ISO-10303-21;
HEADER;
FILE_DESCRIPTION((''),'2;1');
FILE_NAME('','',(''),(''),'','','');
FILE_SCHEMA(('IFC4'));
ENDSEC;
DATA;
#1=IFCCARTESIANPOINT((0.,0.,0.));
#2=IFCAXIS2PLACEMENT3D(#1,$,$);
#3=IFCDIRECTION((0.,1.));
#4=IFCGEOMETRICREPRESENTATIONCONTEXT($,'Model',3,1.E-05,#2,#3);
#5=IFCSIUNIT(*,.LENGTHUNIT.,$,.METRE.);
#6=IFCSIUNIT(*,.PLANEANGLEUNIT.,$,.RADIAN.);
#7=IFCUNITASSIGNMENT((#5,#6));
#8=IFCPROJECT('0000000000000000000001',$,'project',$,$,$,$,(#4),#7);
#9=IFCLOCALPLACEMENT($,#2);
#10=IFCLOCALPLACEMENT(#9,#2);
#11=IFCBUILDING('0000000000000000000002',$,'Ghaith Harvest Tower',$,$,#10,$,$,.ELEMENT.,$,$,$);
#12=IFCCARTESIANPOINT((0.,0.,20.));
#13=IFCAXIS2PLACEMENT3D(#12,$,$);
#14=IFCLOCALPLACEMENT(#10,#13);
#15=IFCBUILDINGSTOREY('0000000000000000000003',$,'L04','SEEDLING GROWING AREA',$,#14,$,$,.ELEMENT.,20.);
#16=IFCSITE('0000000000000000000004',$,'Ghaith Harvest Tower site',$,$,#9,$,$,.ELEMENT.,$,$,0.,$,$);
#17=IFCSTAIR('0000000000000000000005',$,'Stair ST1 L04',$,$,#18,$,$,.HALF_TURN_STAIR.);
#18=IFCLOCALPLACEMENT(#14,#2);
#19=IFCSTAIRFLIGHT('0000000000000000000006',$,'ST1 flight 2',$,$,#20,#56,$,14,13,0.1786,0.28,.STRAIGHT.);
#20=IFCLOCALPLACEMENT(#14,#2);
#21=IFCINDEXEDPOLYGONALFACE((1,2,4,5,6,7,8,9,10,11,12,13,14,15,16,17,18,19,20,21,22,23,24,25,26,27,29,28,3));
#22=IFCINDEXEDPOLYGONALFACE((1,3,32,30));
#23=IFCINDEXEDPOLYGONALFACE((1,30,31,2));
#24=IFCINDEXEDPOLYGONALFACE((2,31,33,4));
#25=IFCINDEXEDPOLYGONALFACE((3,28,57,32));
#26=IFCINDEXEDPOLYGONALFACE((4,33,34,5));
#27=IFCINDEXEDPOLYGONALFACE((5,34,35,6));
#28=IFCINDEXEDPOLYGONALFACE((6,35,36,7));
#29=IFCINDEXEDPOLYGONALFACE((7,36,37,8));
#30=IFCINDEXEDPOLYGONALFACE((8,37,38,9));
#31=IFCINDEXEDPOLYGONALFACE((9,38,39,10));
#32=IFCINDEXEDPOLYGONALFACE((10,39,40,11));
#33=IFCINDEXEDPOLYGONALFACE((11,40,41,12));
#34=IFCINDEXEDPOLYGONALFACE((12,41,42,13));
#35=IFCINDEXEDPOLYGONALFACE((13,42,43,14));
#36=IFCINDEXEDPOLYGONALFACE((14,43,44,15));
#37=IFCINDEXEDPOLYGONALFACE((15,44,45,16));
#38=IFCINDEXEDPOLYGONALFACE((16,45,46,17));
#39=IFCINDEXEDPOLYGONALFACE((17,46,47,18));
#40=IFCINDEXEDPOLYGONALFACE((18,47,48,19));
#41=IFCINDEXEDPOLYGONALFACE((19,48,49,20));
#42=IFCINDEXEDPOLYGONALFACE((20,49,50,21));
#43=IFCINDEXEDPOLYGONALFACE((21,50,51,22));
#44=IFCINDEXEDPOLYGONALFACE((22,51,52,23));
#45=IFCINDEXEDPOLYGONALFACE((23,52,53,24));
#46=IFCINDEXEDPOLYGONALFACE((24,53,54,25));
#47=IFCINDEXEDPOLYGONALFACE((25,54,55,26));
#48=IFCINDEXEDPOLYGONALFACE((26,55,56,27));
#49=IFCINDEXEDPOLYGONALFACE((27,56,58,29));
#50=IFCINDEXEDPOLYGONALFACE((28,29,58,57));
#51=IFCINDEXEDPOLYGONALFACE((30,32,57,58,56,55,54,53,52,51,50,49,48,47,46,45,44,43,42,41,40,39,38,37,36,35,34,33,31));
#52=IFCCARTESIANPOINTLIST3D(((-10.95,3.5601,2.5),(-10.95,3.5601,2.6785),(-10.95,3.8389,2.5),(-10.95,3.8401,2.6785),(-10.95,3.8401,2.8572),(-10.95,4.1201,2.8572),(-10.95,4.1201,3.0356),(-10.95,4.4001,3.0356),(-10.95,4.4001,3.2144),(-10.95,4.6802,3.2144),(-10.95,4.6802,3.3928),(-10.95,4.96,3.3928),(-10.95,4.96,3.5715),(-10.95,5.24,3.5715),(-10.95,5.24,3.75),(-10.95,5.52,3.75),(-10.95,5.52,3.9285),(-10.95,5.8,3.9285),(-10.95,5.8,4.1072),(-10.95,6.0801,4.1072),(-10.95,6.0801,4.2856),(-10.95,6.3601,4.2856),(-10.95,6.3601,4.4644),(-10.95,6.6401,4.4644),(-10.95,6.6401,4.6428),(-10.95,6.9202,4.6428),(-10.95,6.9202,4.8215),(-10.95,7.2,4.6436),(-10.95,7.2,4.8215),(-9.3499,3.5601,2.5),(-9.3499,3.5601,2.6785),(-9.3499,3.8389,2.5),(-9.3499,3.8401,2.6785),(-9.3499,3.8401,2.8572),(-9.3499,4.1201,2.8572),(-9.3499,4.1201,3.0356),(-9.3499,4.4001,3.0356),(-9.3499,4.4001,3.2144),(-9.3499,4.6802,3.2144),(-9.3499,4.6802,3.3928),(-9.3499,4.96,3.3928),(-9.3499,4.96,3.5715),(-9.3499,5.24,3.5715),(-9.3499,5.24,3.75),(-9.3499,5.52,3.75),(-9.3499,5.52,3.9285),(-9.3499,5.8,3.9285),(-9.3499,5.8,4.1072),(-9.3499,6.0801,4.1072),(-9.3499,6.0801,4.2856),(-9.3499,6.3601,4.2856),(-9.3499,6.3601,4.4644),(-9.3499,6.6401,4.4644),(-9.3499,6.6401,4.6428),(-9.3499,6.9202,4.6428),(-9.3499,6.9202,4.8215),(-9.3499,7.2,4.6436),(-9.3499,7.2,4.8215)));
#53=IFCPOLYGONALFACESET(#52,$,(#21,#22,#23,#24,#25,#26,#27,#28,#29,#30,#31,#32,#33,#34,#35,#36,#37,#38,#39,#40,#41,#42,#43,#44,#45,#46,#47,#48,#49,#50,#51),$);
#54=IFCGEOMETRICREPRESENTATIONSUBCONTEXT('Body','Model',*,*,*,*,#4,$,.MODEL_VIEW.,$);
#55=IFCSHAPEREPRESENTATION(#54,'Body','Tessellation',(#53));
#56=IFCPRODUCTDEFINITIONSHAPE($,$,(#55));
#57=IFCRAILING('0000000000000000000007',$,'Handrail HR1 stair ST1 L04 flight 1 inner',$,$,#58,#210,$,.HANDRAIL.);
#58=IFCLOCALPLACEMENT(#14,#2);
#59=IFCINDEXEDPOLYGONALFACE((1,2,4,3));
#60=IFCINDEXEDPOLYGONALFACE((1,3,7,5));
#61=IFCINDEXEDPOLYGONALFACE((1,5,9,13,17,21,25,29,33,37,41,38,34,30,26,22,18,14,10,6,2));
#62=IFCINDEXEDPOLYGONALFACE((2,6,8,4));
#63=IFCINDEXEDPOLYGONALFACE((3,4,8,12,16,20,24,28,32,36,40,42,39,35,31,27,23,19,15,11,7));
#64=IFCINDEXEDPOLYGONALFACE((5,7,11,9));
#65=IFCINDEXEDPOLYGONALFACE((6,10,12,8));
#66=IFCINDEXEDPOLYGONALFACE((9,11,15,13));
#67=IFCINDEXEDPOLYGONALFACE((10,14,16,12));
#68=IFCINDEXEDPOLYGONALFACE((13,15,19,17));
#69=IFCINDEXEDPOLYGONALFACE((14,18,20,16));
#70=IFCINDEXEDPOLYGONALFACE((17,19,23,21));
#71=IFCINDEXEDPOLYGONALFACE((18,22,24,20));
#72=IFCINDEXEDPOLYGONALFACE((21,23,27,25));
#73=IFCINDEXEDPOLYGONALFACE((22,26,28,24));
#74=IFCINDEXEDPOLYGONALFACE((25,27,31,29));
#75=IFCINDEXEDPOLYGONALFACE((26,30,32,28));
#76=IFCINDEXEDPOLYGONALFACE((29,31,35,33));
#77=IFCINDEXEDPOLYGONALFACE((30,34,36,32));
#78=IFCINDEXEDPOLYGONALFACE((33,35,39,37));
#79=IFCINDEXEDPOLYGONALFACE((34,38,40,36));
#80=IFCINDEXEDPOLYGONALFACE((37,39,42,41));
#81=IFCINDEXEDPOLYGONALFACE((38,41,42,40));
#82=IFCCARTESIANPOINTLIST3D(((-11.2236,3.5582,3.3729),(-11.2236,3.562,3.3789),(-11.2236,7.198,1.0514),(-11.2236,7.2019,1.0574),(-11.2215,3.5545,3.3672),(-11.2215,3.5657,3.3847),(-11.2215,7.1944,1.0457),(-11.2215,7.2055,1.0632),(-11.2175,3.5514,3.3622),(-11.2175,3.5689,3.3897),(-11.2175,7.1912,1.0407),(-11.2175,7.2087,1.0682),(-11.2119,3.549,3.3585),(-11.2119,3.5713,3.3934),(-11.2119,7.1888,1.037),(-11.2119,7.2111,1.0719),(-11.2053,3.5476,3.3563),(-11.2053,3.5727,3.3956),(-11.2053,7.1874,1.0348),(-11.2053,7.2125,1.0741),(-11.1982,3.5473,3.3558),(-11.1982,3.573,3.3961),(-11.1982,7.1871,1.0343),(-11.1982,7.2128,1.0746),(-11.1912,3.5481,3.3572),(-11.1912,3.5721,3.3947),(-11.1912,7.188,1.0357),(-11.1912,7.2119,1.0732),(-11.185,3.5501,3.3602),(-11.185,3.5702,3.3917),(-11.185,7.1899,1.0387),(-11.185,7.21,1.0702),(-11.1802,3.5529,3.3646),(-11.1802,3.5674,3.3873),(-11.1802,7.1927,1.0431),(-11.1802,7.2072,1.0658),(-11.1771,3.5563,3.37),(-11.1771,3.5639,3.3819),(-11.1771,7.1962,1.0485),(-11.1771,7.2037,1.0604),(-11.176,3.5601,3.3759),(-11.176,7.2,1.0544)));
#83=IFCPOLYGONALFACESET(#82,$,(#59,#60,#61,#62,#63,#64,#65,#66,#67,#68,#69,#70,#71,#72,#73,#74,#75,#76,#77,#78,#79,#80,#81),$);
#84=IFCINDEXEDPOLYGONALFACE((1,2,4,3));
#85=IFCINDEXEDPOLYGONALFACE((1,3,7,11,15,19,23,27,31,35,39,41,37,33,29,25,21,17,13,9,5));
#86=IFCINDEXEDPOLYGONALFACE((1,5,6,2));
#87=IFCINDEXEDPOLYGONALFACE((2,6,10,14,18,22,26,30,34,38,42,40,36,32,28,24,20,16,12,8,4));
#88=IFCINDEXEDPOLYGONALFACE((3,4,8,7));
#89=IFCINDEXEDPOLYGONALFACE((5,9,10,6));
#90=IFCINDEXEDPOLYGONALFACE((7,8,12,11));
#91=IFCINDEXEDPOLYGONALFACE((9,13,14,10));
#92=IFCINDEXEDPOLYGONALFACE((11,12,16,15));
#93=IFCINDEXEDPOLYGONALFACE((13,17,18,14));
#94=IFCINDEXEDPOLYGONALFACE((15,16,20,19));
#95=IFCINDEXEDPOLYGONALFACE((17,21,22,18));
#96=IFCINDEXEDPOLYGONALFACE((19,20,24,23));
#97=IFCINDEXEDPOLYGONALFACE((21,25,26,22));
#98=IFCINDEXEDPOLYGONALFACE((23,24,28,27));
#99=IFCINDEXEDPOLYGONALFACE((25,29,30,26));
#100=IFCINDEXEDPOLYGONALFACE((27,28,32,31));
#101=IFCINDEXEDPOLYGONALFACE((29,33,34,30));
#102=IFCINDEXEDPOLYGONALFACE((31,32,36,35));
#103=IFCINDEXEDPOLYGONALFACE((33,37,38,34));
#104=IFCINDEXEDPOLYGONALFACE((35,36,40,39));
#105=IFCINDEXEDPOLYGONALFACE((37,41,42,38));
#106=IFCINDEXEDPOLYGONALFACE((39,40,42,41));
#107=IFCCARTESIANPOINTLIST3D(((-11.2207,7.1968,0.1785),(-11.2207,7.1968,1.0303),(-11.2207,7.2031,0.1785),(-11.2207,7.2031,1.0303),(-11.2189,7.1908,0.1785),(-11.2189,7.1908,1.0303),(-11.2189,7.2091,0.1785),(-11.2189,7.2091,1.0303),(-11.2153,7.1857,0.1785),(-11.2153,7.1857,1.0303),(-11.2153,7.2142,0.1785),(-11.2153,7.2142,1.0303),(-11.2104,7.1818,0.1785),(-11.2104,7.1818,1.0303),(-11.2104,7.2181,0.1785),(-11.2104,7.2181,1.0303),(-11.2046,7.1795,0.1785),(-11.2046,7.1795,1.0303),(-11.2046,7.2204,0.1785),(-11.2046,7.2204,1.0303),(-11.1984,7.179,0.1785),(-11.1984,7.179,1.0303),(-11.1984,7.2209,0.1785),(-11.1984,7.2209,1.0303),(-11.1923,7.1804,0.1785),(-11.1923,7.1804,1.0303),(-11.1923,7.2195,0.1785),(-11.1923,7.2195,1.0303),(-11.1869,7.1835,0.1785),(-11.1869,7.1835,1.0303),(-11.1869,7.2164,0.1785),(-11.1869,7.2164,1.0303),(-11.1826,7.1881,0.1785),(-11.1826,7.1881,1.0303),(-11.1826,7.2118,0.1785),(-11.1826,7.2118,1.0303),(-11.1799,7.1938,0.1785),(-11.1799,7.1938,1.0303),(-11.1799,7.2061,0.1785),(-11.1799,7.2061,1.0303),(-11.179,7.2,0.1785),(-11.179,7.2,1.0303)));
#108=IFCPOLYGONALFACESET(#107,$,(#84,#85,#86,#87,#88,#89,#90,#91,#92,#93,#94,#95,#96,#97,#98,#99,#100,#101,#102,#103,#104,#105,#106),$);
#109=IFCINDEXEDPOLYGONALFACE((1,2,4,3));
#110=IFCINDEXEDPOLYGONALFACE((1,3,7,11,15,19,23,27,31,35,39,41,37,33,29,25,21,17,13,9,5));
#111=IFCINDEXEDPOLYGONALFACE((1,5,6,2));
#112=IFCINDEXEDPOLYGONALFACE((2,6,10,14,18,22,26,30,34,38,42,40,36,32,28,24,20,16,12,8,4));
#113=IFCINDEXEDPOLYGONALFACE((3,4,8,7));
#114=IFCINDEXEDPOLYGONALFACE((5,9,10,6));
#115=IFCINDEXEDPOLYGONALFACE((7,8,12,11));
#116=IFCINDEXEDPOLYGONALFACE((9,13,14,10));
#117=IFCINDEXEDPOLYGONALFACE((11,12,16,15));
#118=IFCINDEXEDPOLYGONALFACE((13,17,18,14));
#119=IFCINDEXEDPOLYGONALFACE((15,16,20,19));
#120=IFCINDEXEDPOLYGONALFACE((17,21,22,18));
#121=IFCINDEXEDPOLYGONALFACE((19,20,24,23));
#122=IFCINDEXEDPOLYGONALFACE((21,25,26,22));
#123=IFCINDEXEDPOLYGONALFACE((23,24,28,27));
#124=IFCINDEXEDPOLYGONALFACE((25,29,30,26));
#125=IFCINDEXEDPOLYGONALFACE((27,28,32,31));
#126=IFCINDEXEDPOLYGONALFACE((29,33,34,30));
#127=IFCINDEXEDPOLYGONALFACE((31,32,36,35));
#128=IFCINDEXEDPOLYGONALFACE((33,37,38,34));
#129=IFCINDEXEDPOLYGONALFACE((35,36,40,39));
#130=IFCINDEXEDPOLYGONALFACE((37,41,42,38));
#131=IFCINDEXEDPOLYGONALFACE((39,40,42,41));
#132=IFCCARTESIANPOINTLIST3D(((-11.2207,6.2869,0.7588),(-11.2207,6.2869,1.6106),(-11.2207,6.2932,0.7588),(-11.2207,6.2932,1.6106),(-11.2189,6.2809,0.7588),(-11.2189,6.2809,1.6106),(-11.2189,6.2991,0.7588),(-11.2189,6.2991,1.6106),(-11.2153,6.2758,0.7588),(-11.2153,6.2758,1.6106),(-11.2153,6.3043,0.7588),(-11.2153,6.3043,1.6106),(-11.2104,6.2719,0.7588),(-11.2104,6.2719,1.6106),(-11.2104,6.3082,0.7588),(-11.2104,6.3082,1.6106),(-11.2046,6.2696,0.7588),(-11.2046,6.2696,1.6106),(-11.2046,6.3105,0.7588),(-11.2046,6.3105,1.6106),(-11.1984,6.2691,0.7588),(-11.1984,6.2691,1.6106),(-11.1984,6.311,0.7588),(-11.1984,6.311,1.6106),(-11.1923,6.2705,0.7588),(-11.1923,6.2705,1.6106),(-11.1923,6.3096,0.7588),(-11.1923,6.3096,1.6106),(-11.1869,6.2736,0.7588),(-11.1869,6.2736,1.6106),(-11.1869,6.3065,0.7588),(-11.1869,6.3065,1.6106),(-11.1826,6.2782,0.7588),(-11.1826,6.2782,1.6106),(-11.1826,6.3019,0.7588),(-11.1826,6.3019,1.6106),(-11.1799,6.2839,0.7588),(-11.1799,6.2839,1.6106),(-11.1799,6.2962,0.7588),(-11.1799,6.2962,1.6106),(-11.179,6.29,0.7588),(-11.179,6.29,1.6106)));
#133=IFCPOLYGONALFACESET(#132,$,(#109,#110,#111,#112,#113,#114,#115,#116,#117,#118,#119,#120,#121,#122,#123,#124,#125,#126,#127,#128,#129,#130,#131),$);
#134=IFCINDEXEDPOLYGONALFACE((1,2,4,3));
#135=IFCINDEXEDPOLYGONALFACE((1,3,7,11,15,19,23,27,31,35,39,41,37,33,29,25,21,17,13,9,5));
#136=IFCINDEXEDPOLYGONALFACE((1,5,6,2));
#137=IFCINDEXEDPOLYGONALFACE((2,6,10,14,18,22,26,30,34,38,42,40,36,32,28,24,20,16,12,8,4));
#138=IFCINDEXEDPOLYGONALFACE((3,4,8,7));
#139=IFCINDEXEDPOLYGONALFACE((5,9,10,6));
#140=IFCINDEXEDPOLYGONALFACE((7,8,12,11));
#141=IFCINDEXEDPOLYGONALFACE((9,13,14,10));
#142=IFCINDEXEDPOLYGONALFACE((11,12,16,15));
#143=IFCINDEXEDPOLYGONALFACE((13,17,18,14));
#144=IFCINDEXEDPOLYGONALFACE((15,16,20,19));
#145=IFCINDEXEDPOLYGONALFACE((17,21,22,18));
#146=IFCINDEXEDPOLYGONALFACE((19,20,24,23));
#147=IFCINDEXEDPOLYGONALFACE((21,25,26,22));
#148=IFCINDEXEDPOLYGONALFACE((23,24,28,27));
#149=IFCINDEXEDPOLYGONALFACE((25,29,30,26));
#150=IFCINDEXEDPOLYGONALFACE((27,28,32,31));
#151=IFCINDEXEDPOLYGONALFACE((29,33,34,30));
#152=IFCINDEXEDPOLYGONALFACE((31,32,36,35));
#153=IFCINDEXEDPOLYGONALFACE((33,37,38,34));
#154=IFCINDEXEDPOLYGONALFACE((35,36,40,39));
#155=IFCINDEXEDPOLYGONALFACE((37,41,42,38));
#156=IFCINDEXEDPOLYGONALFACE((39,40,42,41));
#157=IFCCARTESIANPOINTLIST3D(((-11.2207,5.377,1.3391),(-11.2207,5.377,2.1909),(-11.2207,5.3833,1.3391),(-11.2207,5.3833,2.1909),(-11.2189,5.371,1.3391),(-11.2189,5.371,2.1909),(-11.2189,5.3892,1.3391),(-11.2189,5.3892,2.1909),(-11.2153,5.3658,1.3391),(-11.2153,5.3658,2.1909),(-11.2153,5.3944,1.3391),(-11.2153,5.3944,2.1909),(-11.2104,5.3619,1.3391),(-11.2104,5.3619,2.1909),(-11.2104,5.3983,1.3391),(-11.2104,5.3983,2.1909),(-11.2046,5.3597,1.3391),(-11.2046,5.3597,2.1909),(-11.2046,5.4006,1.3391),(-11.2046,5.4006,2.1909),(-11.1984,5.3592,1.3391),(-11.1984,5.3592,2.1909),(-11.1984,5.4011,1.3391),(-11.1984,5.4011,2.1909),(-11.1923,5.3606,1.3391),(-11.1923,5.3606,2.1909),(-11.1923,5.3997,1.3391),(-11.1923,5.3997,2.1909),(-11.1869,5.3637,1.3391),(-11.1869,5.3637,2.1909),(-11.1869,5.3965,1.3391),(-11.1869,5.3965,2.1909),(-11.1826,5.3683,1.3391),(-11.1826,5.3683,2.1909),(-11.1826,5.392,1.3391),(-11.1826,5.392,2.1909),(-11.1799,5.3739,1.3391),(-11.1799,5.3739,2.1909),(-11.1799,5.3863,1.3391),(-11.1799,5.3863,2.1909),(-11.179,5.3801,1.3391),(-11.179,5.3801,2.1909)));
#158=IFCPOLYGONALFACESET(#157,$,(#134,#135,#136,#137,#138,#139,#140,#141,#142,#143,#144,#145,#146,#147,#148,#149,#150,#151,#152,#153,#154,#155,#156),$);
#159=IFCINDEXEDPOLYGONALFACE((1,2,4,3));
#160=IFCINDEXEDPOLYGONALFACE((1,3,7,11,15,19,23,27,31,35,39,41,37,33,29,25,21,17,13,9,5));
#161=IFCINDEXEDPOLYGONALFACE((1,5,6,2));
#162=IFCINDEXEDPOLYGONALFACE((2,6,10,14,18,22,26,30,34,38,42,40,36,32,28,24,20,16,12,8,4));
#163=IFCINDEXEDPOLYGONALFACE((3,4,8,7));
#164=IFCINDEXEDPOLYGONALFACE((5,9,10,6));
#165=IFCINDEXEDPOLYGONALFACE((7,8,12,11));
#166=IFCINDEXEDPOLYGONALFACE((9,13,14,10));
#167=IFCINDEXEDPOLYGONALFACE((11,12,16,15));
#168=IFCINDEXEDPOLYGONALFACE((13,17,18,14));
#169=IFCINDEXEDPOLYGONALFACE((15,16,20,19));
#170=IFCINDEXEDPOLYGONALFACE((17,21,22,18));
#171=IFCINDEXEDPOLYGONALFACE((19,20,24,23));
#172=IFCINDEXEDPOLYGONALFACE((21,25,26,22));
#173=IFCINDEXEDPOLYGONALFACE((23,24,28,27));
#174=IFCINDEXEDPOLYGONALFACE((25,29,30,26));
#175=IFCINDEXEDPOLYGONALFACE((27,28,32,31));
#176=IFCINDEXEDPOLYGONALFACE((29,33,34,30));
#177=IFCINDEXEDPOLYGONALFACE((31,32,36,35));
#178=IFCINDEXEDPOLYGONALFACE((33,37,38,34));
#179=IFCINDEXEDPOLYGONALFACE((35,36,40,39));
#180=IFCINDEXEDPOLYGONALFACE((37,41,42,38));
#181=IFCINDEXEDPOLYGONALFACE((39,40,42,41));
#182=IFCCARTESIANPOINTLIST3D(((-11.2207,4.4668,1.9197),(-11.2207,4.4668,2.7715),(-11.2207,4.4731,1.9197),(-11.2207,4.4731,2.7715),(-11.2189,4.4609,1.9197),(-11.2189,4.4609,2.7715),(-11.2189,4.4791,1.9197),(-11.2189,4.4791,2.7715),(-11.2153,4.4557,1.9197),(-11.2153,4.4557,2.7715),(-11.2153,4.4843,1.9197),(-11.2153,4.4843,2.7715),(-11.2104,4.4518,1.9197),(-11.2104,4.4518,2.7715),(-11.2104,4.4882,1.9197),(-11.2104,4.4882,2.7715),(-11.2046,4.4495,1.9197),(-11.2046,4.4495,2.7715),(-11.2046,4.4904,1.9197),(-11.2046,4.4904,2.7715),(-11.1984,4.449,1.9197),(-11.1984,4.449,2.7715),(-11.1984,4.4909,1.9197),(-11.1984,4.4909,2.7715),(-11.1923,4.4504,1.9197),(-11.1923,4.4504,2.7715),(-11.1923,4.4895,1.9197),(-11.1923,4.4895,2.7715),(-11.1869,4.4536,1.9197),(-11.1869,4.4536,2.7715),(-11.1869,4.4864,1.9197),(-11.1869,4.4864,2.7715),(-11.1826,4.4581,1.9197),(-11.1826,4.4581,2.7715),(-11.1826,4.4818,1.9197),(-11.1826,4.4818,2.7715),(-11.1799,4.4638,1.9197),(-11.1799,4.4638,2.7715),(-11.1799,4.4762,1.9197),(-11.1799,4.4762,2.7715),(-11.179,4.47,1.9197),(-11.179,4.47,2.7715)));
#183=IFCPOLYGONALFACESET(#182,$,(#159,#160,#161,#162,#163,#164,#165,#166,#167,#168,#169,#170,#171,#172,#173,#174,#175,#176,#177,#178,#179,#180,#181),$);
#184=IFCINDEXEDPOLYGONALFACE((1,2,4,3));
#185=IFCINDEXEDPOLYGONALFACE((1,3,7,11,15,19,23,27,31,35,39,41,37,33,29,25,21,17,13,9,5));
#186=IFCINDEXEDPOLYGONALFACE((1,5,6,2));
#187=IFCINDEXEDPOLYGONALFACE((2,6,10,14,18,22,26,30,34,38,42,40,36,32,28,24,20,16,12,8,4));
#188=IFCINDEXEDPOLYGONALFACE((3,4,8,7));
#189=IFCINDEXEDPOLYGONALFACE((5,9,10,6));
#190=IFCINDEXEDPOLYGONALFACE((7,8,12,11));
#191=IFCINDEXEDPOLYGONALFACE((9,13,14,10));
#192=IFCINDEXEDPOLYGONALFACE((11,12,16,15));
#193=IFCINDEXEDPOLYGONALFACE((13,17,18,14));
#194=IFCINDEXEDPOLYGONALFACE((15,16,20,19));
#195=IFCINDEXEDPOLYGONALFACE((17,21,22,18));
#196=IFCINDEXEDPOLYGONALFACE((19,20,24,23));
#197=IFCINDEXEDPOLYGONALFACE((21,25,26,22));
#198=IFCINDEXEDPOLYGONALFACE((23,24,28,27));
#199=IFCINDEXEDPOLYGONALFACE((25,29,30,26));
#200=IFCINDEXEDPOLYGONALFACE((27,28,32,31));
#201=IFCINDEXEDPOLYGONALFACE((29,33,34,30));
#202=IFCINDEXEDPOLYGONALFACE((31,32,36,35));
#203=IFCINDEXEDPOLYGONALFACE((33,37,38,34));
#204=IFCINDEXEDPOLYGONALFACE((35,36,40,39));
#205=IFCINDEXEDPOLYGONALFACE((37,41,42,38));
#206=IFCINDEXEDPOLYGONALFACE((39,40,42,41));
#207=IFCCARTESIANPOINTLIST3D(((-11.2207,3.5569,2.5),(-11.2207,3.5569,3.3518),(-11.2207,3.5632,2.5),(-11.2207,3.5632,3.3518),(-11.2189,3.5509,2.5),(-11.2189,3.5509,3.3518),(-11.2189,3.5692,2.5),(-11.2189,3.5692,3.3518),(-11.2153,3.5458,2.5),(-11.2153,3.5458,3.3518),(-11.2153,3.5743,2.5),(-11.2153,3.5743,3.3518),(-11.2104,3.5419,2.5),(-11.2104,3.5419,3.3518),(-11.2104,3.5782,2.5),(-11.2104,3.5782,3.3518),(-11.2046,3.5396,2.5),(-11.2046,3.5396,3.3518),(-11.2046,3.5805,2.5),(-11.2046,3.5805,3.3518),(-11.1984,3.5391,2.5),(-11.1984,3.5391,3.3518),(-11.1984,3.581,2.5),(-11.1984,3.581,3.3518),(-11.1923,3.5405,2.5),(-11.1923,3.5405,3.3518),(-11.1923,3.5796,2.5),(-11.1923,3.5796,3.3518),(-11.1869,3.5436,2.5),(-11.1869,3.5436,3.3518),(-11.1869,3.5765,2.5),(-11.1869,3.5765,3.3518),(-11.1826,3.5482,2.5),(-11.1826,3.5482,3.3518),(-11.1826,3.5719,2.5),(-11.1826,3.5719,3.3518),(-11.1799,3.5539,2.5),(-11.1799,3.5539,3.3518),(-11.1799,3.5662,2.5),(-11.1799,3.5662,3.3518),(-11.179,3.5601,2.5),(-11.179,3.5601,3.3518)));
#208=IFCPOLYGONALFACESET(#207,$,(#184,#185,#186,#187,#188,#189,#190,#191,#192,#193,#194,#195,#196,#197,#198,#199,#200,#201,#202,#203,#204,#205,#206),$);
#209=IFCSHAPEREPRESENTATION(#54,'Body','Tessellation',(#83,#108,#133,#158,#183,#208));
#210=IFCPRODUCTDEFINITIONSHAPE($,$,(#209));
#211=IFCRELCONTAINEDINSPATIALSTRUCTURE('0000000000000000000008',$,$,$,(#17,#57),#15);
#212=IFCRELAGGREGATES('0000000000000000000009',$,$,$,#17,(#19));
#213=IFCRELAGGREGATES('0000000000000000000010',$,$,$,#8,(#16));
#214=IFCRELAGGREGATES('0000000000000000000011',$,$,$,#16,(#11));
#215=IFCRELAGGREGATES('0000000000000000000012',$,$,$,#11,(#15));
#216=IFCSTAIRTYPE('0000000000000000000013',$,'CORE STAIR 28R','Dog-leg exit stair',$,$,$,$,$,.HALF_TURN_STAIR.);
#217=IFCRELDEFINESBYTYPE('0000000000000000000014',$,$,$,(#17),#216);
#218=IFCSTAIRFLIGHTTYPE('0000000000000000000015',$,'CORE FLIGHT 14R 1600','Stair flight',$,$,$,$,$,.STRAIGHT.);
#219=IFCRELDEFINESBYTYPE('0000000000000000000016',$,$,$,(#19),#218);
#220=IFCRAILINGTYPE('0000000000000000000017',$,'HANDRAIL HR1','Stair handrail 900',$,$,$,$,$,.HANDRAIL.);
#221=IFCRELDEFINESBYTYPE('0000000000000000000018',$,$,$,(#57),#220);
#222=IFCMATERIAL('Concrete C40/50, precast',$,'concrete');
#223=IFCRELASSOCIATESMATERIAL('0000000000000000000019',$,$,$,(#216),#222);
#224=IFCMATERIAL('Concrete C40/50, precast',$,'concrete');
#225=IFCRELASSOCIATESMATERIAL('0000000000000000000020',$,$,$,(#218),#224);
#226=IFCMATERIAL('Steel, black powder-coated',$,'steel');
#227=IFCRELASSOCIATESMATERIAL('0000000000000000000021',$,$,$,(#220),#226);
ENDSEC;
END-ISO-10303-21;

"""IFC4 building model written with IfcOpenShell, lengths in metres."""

from ifc_helpers import new_model, si_unit, direction, frame, origin, origin_2d, place, context, subcontext, project, spatial, polyline, circle, outline, extrude, material, type_object, element, aggregate, save


model = new_model("IFC4")

# Units and contexts
model_context = context("Model", 3, precision=1e-05, world=origin(), true_north=direction((0.0, 1.0)))
body_context = subcontext(model_context, "Body", "Model", "MODEL_VIEW")
ifc_project = project(units=[si_unit("LENGTHUNIT", "METRE"), si_unit("PLANEANGLEUNIT", "RADIAN")], contexts=[model_context])

# Site, building, storey
site_placement = place(None, origin())
site = spatial("IfcSite", under=ifc_project, at=site_placement, Name="Ghaith Harvest Tower site", CompositionType="ELEMENT", RefElevation=0.0)
building_placement = place(site_placement, origin())
building = spatial("IfcBuilding", under=site, at=building_placement, Name="Ghaith Harvest Tower", CompositionType="ELEMENT")
storey_placement = place(building_placement, frame((0.0, 0.0, 20.0)))
storey = spatial("IfcBuildingStorey", under=building, at=storey_placement, Name="L04", Description="SEEDLING GROWING AREA", CompositionType="ELEMENT", Elevation=20.0)

# Stair, stair flight
ifc_material_1 = material(Name="Concrete C40/50, precast", Category="concrete")
stair_type = type_object("IfcStairType", Name="CORE STAIR 28R", Description="Dog-leg exit stair", PredefinedType="HALF_TURN_STAIR", material=ifc_material_1)
stair_placement = place(storey_placement, origin())
stair = element("IfcStair", 1, at=stair_placement, inside=storey, type_object=stair_type, Name="Stair ST1 L04", PredefinedType="HALF_TURN_STAIR")
ifc_material_2 = material(Name="Concrete C40/50, precast", Category="concrete")
stair_flight_type = type_object("IfcStairFlightType", Name="CORE FLIGHT 14R 1600", Description="Stair flight", PredefinedType="STRAIGHT", material=ifc_material_2)
stair_flight_placement = place(storey_placement, frame((-10.1499, 3.5601, 2.5), z_axis=(0.0, 0.0, 1.0), x_axis=(0.0, 1.0, 0.0)))
stair_flight = element("IfcStairFlight", 2, at=stair_flight_placement, type_object=stair_flight_type, Name="ST1 flight 2", NumberOfRisers=14, NumberOfTreads=13, PredefinedType="STRAIGHT", RiserHeight=0.1786, TreadLength=0.28, context=body_context, shape_type="SweptSolid", body=[
    extrude(outline(polyline([(0.0, 0.0), (0.0, 0.1785), (0.28, 0.1785), (0.28, 0.3572), (0.5601, 0.3572), (0.5601, 0.5356), (0.8401, 0.5356), (0.8401, 0.7144), (1.1201, 0.7144), (1.1201, 0.8928), (1.3999, 0.8928), (1.3999, 1.0715), (1.6799, 1.0715), (1.6799, 1.25), (1.96, 1.25), (1.96, 1.4285), (2.24, 1.4285), (2.24, 1.6072), (2.52, 1.6072), (2.52, 1.7856), (2.8, 1.7856), (2.8, 1.9644), (3.0801, 1.9644), (3.0801, 2.1428), (3.3601, 2.1428), (3.3601, 2.3215), (3.6399, 2.3215), (3.6399, 2.5), (3.6399, 2.1436), (0.2788, 0.0), (0.0, 0.0)])), frame((0.0, 0.8, 0.0), z_axis=(0.0, -1.0, 0.0), x_axis=(1.0, 0.0, 0.0)), (0.0, 0.0, 1.0), 1.6001),
])
aggregate(stair, [stair_flight])

# Railing
ifc_material_3 = material(Name="Steel, black powder-coated", Category="steel")
railing_type = type_object("IfcRailingType", Name="HANDRAIL HR1", Description="Stair handrail 900", PredefinedType="HANDRAIL", material=ifc_material_3)
railing_1_placement = place(storey_placement, frame((-11.2, 7.2, 0.1785)))
element("IfcRailing", 3, at=railing_1_placement, inside=storey, type_object=railing_type, Name="Handrail HR1 stair ST1 L04 flight 1 inner", PredefinedType="HANDRAIL", context=body_context, shape_type="SweptSolid", body=[
    extrude(circle(Radius=0.0239, at=origin_2d()), frame((0.0, 0.0, 0.876), z_axis=(0.0, -0.843112, 0.537739), x_axis=(1.0, 0.0, 0.0)), (0.0, 0.0, 1.0), 4.3171),
    extrude(circle(Radius=0.021, at=origin_2d()), origin(), (0.0, 0.0, 1.0), 0.8518),
    extrude(circle(Radius=0.021, at=origin_2d()), frame((0.0, -0.9099, 0.5803)), (0.0, 0.0, 1.0), 0.8518),
    extrude(circle(Radius=0.021, at=origin_2d()), frame((0.0, -1.8198, 1.1606)), (0.0, 0.0, 1.0), 0.8518),
    extrude(circle(Radius=0.021, at=origin_2d()), frame((0.0, -2.73, 1.7412)), (0.0, 0.0, 1.0), 0.8518),
    extrude(circle(Radius=0.021, at=origin_2d()), frame((0.0, -3.6399, 2.3215)), (0.0, 0.0, 1.0), 0.8518),
])

save(model, "model.ifc")
